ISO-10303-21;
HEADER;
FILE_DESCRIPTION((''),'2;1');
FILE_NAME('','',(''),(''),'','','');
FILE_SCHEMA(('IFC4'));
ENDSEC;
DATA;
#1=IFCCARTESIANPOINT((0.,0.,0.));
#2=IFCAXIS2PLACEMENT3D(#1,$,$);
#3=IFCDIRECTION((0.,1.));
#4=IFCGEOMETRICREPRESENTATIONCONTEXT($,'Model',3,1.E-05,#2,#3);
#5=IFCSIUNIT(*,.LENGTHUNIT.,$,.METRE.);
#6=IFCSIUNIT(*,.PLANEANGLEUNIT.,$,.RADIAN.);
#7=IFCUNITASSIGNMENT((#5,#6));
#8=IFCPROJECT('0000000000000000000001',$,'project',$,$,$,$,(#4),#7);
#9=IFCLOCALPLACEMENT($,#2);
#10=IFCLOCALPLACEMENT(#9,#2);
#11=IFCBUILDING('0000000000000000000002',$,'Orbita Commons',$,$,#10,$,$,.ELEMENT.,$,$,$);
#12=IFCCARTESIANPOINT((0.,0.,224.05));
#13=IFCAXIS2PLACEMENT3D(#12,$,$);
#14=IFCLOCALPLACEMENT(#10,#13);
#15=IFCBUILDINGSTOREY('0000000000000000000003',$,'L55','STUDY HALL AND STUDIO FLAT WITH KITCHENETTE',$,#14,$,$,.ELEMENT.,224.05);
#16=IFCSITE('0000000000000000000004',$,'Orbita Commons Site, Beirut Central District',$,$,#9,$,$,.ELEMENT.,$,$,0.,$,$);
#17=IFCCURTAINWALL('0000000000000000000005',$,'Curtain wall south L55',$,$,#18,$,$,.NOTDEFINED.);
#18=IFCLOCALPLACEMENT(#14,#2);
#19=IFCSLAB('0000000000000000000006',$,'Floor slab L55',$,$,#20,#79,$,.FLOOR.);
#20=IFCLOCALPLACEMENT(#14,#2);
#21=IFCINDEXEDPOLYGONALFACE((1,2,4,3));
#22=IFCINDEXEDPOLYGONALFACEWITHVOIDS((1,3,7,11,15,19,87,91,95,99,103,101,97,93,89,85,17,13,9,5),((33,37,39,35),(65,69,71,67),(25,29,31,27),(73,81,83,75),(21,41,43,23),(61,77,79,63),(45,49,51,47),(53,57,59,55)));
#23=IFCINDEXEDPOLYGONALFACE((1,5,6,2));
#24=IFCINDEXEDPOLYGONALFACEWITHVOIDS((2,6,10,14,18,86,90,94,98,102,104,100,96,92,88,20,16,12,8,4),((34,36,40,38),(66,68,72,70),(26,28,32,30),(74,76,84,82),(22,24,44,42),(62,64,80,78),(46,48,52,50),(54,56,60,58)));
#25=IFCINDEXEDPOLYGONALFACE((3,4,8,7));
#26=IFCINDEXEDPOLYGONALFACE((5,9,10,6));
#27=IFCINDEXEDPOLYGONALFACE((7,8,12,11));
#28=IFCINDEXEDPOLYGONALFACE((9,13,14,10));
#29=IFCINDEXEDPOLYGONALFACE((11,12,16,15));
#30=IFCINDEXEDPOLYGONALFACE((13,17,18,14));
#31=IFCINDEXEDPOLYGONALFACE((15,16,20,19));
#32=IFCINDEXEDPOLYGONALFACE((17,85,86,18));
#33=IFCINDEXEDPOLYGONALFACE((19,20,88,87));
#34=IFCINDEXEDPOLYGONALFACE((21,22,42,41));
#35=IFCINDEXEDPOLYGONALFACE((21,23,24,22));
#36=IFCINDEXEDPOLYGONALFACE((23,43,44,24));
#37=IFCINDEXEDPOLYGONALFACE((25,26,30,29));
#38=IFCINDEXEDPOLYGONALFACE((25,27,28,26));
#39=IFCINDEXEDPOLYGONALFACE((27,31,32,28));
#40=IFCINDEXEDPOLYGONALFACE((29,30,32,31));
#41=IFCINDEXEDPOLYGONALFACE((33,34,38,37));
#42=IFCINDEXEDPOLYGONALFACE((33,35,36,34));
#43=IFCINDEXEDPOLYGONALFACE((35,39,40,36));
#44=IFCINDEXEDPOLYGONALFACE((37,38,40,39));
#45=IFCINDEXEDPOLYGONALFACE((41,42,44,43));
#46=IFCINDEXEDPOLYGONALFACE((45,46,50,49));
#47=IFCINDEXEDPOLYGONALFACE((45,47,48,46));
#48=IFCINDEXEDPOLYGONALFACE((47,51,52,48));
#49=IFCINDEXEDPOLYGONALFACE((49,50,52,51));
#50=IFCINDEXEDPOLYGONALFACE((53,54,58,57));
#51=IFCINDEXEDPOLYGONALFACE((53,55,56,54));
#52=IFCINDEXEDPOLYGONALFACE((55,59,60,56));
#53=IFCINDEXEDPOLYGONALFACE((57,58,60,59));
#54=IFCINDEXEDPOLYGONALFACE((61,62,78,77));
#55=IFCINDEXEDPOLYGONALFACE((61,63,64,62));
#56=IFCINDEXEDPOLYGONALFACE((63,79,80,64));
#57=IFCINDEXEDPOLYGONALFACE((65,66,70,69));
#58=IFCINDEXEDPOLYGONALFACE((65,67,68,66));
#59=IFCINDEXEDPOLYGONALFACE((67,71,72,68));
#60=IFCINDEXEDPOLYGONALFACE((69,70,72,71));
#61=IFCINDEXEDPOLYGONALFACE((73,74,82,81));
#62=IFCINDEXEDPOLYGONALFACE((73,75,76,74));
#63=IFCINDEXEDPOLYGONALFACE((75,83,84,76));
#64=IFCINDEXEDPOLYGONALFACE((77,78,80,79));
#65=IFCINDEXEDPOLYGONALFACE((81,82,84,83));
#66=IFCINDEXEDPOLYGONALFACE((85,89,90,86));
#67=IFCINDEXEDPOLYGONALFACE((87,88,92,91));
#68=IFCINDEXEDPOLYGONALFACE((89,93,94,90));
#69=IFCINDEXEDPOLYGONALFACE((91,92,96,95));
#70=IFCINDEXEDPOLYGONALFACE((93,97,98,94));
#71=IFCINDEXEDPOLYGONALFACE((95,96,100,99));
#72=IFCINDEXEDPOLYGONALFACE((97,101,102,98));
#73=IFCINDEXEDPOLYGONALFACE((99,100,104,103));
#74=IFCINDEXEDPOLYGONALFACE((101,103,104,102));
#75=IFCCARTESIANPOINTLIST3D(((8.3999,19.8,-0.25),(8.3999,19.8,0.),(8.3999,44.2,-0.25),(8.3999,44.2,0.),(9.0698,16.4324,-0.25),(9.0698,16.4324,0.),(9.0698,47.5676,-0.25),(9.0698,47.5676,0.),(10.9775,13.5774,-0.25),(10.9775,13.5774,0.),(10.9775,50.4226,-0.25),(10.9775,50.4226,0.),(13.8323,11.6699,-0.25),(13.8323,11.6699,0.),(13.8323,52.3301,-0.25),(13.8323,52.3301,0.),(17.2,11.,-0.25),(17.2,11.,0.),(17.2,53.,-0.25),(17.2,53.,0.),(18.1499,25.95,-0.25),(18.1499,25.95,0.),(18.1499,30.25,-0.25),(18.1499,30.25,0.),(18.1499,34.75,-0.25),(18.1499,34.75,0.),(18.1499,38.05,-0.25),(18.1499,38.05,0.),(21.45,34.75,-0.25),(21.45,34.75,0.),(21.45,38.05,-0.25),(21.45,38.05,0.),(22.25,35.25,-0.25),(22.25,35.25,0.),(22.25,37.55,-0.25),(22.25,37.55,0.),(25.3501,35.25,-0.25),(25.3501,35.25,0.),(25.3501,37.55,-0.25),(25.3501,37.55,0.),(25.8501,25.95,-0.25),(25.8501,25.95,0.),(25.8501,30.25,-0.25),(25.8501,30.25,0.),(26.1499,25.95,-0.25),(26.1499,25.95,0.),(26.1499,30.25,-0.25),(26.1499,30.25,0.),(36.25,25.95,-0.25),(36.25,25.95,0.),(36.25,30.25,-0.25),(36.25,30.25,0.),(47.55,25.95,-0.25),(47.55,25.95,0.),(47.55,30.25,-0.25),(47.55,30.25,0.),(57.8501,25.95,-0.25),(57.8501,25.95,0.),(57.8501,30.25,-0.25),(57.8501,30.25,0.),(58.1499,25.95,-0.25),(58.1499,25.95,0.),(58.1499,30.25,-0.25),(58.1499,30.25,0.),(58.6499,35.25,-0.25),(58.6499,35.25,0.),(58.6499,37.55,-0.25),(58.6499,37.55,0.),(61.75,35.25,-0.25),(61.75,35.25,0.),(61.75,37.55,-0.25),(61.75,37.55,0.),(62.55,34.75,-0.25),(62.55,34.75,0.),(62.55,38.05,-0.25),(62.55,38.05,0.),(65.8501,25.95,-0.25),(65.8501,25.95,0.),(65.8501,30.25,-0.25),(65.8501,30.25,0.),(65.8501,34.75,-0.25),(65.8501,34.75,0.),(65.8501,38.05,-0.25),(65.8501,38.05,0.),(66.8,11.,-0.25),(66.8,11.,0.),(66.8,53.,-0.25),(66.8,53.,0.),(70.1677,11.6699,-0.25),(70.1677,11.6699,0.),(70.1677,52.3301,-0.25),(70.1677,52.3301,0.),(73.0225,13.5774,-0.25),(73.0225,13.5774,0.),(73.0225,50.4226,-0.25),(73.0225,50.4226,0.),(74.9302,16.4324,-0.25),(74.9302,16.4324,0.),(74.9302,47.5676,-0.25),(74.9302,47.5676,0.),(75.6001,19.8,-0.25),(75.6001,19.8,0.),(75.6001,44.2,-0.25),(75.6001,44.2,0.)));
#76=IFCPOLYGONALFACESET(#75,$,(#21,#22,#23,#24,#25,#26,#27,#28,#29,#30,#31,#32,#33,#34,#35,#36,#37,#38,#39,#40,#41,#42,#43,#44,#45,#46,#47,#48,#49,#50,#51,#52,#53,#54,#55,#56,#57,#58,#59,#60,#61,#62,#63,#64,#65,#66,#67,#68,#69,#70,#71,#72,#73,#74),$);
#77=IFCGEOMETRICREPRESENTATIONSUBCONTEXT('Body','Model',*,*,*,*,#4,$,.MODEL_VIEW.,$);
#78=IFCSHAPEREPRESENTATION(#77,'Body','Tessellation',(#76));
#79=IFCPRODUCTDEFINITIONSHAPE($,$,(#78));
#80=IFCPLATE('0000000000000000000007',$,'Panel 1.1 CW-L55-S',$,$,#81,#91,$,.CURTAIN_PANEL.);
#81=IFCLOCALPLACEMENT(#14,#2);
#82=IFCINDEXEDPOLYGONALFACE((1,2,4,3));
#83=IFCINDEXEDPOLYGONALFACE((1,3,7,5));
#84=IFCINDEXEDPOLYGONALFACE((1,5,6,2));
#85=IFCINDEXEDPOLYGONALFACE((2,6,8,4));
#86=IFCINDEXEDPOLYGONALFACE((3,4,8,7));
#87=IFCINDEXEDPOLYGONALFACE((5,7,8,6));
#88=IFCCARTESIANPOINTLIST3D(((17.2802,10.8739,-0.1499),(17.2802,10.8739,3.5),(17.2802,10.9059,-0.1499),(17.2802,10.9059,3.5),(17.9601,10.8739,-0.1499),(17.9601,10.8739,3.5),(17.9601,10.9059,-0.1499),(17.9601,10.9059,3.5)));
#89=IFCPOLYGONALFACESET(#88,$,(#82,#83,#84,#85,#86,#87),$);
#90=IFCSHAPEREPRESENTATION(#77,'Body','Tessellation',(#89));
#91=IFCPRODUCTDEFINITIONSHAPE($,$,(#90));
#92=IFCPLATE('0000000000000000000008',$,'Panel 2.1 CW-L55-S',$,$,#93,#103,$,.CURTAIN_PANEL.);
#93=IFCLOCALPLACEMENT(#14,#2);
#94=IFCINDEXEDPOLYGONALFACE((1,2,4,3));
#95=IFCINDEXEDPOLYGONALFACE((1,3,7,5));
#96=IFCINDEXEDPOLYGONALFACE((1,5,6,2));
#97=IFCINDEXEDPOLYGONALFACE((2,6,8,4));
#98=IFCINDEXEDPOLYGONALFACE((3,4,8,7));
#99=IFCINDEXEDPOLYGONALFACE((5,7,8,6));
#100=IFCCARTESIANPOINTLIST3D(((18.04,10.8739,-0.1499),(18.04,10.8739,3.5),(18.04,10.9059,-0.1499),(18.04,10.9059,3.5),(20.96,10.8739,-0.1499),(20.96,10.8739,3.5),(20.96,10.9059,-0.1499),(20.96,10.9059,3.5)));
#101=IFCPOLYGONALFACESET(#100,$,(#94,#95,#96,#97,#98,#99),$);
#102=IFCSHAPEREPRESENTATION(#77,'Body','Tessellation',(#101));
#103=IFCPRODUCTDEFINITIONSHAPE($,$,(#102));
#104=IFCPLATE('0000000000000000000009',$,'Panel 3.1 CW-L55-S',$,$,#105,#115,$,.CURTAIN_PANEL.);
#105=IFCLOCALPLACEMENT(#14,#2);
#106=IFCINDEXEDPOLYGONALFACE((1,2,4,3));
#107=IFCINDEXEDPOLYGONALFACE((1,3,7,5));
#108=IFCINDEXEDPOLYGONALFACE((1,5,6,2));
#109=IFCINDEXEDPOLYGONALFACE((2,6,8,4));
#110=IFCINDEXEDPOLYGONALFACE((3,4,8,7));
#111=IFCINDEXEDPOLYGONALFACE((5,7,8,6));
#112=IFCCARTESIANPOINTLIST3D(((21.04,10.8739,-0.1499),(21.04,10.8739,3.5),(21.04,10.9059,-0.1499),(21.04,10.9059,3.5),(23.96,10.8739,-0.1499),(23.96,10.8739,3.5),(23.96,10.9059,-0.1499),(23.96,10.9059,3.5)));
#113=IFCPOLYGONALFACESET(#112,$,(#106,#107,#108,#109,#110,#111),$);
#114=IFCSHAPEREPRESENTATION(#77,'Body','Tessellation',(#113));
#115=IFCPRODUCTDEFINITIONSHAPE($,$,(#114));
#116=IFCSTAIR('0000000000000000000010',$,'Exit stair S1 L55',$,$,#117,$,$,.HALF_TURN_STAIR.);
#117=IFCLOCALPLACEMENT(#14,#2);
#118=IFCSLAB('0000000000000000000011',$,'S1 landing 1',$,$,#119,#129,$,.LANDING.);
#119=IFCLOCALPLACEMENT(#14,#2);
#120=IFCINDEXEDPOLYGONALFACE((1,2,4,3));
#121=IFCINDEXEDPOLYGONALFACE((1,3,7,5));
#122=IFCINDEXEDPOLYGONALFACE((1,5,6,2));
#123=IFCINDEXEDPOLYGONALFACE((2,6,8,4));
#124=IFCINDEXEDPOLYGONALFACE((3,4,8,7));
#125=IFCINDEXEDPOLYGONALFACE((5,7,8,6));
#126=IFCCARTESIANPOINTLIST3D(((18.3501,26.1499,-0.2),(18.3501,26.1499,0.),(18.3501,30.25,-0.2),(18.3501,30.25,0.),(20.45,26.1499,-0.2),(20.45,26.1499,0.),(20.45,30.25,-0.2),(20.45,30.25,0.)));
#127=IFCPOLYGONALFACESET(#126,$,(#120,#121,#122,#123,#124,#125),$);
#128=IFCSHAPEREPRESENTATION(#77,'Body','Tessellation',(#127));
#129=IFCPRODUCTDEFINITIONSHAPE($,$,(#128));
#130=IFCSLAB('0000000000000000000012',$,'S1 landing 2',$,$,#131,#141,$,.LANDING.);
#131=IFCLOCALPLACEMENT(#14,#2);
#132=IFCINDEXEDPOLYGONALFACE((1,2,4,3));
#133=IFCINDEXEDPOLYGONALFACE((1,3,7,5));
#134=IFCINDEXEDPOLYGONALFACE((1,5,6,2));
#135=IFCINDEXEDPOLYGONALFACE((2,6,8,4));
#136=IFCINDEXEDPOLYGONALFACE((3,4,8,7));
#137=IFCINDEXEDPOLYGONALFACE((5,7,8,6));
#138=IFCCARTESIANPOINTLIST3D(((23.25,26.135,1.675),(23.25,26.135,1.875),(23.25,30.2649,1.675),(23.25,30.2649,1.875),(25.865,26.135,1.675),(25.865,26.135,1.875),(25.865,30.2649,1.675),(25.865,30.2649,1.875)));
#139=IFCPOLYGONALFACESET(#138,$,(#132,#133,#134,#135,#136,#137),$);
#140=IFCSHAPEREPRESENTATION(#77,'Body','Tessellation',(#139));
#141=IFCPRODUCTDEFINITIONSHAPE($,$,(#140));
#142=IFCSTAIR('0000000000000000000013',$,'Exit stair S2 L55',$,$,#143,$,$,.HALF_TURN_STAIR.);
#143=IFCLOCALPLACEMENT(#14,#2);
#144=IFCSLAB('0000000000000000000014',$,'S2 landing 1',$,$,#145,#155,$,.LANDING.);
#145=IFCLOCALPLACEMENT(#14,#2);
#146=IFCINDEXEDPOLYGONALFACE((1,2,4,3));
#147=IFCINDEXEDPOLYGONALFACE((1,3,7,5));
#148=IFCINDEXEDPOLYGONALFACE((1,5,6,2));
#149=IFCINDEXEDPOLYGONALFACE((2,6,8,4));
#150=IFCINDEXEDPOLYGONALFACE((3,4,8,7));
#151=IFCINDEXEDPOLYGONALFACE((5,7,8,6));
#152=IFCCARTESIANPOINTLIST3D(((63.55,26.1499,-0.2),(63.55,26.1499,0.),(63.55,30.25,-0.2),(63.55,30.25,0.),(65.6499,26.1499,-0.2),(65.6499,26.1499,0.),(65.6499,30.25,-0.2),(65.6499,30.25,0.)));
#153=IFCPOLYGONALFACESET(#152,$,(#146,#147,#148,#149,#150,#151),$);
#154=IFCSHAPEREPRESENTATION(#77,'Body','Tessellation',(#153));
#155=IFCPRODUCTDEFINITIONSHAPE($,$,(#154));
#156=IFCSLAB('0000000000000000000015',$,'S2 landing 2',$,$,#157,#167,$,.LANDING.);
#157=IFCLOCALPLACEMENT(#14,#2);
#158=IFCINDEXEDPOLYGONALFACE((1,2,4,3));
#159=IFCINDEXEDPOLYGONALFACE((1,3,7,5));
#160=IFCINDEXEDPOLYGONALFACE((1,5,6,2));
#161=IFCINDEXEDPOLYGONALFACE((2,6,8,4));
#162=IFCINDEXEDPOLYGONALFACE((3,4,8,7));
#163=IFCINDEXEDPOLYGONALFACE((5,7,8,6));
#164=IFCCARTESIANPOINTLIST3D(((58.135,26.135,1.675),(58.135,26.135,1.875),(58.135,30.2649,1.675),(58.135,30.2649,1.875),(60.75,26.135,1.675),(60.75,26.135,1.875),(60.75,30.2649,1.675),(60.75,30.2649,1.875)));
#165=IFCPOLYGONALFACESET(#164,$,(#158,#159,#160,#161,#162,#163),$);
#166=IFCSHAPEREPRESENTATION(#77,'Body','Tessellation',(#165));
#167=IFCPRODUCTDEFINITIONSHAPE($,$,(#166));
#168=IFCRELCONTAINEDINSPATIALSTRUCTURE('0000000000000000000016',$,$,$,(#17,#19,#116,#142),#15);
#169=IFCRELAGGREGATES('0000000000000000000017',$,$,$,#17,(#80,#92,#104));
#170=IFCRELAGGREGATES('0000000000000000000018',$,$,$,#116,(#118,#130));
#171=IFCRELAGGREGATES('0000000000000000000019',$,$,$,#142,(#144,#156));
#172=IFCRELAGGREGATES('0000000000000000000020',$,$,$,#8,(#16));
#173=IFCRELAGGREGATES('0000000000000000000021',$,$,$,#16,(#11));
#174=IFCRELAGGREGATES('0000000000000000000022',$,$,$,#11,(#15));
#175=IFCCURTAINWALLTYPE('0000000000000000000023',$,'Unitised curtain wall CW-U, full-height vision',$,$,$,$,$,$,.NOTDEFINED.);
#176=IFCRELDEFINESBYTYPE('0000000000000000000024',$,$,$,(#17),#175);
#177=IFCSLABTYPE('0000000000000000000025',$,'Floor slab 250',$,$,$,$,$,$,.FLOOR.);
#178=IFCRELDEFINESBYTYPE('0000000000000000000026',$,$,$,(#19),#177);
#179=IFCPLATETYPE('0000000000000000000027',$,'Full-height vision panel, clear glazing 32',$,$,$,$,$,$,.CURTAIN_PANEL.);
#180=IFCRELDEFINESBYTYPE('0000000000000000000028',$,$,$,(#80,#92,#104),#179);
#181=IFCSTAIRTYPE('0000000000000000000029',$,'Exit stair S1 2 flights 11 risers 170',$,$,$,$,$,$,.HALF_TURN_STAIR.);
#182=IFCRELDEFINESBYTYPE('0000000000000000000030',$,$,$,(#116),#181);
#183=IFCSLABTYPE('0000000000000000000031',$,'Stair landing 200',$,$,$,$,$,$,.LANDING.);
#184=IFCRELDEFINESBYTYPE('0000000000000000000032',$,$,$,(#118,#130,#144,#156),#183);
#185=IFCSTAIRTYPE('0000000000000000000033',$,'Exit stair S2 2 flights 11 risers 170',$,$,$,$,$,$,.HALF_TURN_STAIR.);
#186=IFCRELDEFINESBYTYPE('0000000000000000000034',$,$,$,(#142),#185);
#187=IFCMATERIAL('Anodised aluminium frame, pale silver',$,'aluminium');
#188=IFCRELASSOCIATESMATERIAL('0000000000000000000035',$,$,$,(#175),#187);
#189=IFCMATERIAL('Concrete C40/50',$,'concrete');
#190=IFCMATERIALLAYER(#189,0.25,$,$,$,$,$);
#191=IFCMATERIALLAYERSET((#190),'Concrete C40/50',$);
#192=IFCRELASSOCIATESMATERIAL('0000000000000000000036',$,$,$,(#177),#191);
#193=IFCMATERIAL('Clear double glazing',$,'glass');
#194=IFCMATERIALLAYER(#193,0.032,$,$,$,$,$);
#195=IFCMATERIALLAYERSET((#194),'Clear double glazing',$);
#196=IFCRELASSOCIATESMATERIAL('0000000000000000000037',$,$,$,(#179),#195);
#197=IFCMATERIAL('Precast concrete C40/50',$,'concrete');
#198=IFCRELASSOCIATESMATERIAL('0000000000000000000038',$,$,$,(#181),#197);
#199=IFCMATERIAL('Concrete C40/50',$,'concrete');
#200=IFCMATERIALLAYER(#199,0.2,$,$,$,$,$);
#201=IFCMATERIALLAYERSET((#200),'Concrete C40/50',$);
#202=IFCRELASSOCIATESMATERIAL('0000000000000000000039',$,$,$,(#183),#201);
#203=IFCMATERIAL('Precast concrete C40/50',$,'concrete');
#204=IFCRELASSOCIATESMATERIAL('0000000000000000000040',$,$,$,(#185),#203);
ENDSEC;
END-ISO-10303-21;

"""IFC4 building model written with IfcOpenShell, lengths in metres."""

from ifc_helpers import new_model, si_unit, direction, frame, origin, origin_2d, place, context, subcontext, project, spatial, polyline, rectangle, outline, extrude, material, layer, layer_set, type_object, element, aggregate, save


model = new_model("IFC4")

# Units and contexts
model_context = context("Model", 3, precision=1e-05, world=origin(), true_north=direction((0.0, 1.0)))
body_context = subcontext(model_context, "Body", "Model", "MODEL_VIEW")
ifc_project = project(units=[si_unit("LENGTHUNIT", "METRE"), si_unit("PLANEANGLEUNIT", "RADIAN")], contexts=[model_context])

# Site, building, storey
site_placement = place(None, origin())
site = spatial("IfcSite", under=ifc_project, at=site_placement, Name="Orbita Commons Site, Beirut Central District", CompositionType="ELEMENT", RefElevation=0.0)
building_placement = place(site_placement, origin())
building = spatial("IfcBuilding", under=site, at=building_placement, Name="Orbita Commons", CompositionType="ELEMENT")
storey_placement = place(building_placement, frame((0.0, 0.0, 224.05)))
storey = spatial("IfcBuildingStorey", under=building, at=storey_placement, Name="L55", Description="STUDY HALL AND STUDIO FLAT WITH KITCHENETTE", CompositionType="ELEMENT", Elevation=224.05)

# Curtain wall
ifc_material_1 = material(Name="Anodised aluminium frame, pale silver", Category="aluminium")
curtain_wall_type = type_object("IfcCurtainWallType", Name="Unitised curtain wall CW-U, full-height vision", PredefinedType="NOTDEFINED", material=ifc_material_1)
curtain_wall_placement = place(storey_placement, origin())
curtain_wall = element("IfcCurtainWall", 1, at=curtain_wall_placement, inside=storey, type_object=curtain_wall_type, Name="Curtain wall south L55", PredefinedType="NOTDEFINED")

# Slab
ifc_material_2 = material(Name="Concrete C40/50", Category="concrete")
ifc_layer_1 = layer(ifc_material_2, 0.25)
ifc_layer_set_1 = layer_set([ifc_layer_1], Name="Concrete C40/50")
slab_type_1 = type_object("IfcSlabType", Name="Floor slab 250", PredefinedType="FLOOR", material=ifc_layer_set_1)
slab_1_placement = place(storey_placement, frame((0.0, 0.0, -0.25)))
element("IfcSlab", 2, at=slab_1_placement, inside=storey, type_object=slab_type_1, Name="Floor slab L55", PredefinedType="FLOOR", context=body_context, shape_type="SweptSolid", body=[
    extrude(outline(polyline([(66.8, 11.0), (70.1677, 11.6699), (73.0225, 13.5774), (74.9302, 16.4324), (75.6001, 19.8), (75.6001, 44.2), (74.9302, 47.5676), (73.0225, 50.4226), (70.1677, 52.3301), (66.8, 53.0), (17.2, 53.0), (13.8323, 52.3301), (10.9775, 50.4226), (9.0698, 47.5676), (8.3999, 44.2), (8.3999, 19.8), (9.0698, 16.4324), (10.9775, 13.5774), (13.8323, 11.6699), (17.2, 11.0), (66.8, 11.0)]), holes=[polyline([(18.1499, 25.95), (25.8501, 25.95), (25.8501, 30.25), (18.1499, 30.25), (18.1499, 25.95)]), polyline([(58.1499, 25.95), (65.8501, 25.95), (65.8501, 30.25), (58.1499, 30.25), (58.1499, 25.95)]), polyline([(18.1499, 34.75), (21.45, 34.75), (21.45, 38.05), (18.1499, 38.05), (18.1499, 34.75)]), polyline([(62.55, 34.75), (65.8501, 34.75), (65.8501, 38.05), (62.55, 38.05), (62.55, 34.75)]), polyline([(22.25, 35.25), (25.3501, 35.25), (25.3501, 37.55), (22.25, 37.55), (22.25, 35.25)]), polyline([(58.6499, 35.25), (61.75, 35.25), (61.75, 37.55), (58.6499, 37.55), (58.6499, 35.25)]), polyline([(26.1499, 25.95), (36.25, 25.95), (36.25, 30.25), (26.1499, 30.25), (26.1499, 25.95)]), polyline([(47.55, 25.95), (57.8501, 25.95), (57.8501, 30.25), (47.55, 30.25), (47.55, 25.95)])]), origin(), (0.0, 0.0, 1.0), 0.25),
])

# Plates
ifc_material_3 = material(Name="Clear double glazing", Category="glass")
ifc_layer_2 = layer(ifc_material_3, 0.032)
ifc_layer_set_2 = layer_set([ifc_layer_2], Name="Clear double glazing")
plate_type = type_object("IfcPlateType", Name="Full-height vision panel, clear glazing 32", PredefinedType="CURTAIN_PANEL", material=ifc_layer_set_2)
plate_1_placement = place(storey_placement, frame((17.6201, 10.8899, -0.1499), z_axis=(0.0, 0.0, 1.0), x_axis=(1.0, 0.0, 0.0)))
plate_1 = element("IfcPlate", 3, at=plate_1_placement, type_object=plate_type, Name="Panel 1.1 CW-L55-S", PredefinedType="CURTAIN_PANEL", context=body_context, shape_type="SweptSolid", body=[
    extrude(rectangle(XDim=0.6799, YDim=0.032, at=origin_2d()), origin(), (0.0, 0.0, 1.0), 3.6499),
])
plate_2_placement = place(storey_placement, frame((19.5, 10.8899, -0.1499), z_axis=(0.0, 0.0, 1.0), x_axis=(1.0, 0.0, 0.0)))
plate_2 = element("IfcPlate", 4, at=plate_2_placement, type_object=plate_type, Name="Panel 2.1 CW-L55-S", PredefinedType="CURTAIN_PANEL", context=body_context, shape_type="SweptSolid", body=[
    extrude(rectangle(XDim=2.9199, YDim=0.032, at=origin_2d()), origin(), (0.0, 0.0, 1.0), 3.6499),
])
plate_3_placement = place(storey_placement, frame((22.5, 10.8899, -0.1499), z_axis=(0.0, 0.0, 1.0), x_axis=(1.0, 0.0, 0.0)))
plate_3 = element("IfcPlate", 5, at=plate_3_placement, type_object=plate_type, Name="Panel 3.1 CW-L55-S", PredefinedType="CURTAIN_PANEL", context=body_context, shape_type="SweptSolid", body=[
    extrude(rectangle(XDim=2.9199, YDim=0.032, at=origin_2d()), origin(), (0.0, 0.0, 1.0), 3.6499),
])
aggregate(curtain_wall, [plate_1, plate_2, plate_3])

# Stairs, slabs
ifc_material_4 = material(Name="Precast concrete C40/50", Category="concrete")
stair_type_1 = type_object("IfcStairType", Name="Exit stair S1 2 flights 11 risers 170", PredefinedType="HALF_TURN_STAIR", material=ifc_material_4)
stair_1_placement = place(storey_placement, origin())
stair_1 = element("IfcStair", 6, at=stair_1_placement, inside=storey, type_object=stair_type_1, Name="Exit stair S1 L55", PredefinedType="HALF_TURN_STAIR")
ifc_material_5 = material(Name="Concrete C40/50", Category="concrete")
ifc_layer_3 = layer(ifc_material_5, 0.2)
ifc_layer_set_3 = layer_set([ifc_layer_3], Name="Concrete C40/50")
slab_type_2 = type_object("IfcSlabType", Name="Stair landing 200", PredefinedType="LANDING", material=ifc_layer_set_3)
slab_2_placement = place(storey_placement, frame((0.0, 0.0, -0.2)))
slab_2 = element("IfcSlab", 7, at=slab_2_placement, type_object=slab_type_2, Name="S1 landing 1", PredefinedType="LANDING", context=body_context, shape_type="SweptSolid", body=[
    extrude(outline(polyline([(18.3501, 26.1499), (20.45, 26.1499), (20.45, 30.25), (18.3501, 30.25), (18.3501, 26.1499)])), origin(), (0.0, 0.0, 1.0), 0.2),
])
slab_3_placement = place(storey_placement, frame((0.0, 0.0, 1.675)))
slab_3 = element("IfcSlab", 8, at=slab_3_placement, type_object=slab_type_2, Name="S1 landing 2", PredefinedType="LANDING", context=body_context, shape_type="SweptSolid", body=[
    extrude(outline(polyline([(23.25, 26.135), (25.865, 26.135), (25.865, 30.2649), (23.25, 30.2649), (23.25, 26.135)])), origin(), (0.0, 0.0, 1.0), 0.2),
])
aggregate(stair_1, [slab_2, slab_3])
ifc_material_6 = material(Name="Precast concrete C40/50", Category="concrete")
stair_type_2 = type_object("IfcStairType", Name="Exit stair S2 2 flights 11 risers 170", PredefinedType="HALF_TURN_STAIR", material=ifc_material_6)
stair_2_placement = place(storey_placement, origin())
stair_2 = element("IfcStair", 9, at=stair_2_placement, inside=storey, type_object=stair_type_2, Name="Exit stair S2 L55", PredefinedType="HALF_TURN_STAIR")
slab_4_placement = place(storey_placement, frame((0.0, 0.0, -0.2)))
slab_4 = element("IfcSlab", 10, at=slab_4_placement, type_object=slab_type_2, Name="S2 landing 1", PredefinedType="LANDING", context=body_context, shape_type="SweptSolid", body=[
    extrude(outline(polyline([(63.55, 26.1499), (65.6499, 26.1499), (65.6499, 30.25), (63.55, 30.25), (63.55, 26.1499)])), origin(), (0.0, 0.0, 1.0), 0.2),
])
slab_5_placement = place(storey_placement, frame((0.0, 0.0, 1.675)))
slab_5 = element("IfcSlab", 11, at=slab_5_placement, type_object=slab_type_2, Name="S2 landing 2", PredefinedType="LANDING", context=body_context, shape_type="SweptSolid", body=[
    extrude(outline(polyline([(58.135, 26.135), (60.75, 26.135), (60.75, 30.2649), (58.135, 30.2649), (58.135, 26.135)])), origin(), (0.0, 0.0, 1.0), 0.2),
])
aggregate(stair_2, [slab_4, slab_5])

save(model, "model.ifc")
